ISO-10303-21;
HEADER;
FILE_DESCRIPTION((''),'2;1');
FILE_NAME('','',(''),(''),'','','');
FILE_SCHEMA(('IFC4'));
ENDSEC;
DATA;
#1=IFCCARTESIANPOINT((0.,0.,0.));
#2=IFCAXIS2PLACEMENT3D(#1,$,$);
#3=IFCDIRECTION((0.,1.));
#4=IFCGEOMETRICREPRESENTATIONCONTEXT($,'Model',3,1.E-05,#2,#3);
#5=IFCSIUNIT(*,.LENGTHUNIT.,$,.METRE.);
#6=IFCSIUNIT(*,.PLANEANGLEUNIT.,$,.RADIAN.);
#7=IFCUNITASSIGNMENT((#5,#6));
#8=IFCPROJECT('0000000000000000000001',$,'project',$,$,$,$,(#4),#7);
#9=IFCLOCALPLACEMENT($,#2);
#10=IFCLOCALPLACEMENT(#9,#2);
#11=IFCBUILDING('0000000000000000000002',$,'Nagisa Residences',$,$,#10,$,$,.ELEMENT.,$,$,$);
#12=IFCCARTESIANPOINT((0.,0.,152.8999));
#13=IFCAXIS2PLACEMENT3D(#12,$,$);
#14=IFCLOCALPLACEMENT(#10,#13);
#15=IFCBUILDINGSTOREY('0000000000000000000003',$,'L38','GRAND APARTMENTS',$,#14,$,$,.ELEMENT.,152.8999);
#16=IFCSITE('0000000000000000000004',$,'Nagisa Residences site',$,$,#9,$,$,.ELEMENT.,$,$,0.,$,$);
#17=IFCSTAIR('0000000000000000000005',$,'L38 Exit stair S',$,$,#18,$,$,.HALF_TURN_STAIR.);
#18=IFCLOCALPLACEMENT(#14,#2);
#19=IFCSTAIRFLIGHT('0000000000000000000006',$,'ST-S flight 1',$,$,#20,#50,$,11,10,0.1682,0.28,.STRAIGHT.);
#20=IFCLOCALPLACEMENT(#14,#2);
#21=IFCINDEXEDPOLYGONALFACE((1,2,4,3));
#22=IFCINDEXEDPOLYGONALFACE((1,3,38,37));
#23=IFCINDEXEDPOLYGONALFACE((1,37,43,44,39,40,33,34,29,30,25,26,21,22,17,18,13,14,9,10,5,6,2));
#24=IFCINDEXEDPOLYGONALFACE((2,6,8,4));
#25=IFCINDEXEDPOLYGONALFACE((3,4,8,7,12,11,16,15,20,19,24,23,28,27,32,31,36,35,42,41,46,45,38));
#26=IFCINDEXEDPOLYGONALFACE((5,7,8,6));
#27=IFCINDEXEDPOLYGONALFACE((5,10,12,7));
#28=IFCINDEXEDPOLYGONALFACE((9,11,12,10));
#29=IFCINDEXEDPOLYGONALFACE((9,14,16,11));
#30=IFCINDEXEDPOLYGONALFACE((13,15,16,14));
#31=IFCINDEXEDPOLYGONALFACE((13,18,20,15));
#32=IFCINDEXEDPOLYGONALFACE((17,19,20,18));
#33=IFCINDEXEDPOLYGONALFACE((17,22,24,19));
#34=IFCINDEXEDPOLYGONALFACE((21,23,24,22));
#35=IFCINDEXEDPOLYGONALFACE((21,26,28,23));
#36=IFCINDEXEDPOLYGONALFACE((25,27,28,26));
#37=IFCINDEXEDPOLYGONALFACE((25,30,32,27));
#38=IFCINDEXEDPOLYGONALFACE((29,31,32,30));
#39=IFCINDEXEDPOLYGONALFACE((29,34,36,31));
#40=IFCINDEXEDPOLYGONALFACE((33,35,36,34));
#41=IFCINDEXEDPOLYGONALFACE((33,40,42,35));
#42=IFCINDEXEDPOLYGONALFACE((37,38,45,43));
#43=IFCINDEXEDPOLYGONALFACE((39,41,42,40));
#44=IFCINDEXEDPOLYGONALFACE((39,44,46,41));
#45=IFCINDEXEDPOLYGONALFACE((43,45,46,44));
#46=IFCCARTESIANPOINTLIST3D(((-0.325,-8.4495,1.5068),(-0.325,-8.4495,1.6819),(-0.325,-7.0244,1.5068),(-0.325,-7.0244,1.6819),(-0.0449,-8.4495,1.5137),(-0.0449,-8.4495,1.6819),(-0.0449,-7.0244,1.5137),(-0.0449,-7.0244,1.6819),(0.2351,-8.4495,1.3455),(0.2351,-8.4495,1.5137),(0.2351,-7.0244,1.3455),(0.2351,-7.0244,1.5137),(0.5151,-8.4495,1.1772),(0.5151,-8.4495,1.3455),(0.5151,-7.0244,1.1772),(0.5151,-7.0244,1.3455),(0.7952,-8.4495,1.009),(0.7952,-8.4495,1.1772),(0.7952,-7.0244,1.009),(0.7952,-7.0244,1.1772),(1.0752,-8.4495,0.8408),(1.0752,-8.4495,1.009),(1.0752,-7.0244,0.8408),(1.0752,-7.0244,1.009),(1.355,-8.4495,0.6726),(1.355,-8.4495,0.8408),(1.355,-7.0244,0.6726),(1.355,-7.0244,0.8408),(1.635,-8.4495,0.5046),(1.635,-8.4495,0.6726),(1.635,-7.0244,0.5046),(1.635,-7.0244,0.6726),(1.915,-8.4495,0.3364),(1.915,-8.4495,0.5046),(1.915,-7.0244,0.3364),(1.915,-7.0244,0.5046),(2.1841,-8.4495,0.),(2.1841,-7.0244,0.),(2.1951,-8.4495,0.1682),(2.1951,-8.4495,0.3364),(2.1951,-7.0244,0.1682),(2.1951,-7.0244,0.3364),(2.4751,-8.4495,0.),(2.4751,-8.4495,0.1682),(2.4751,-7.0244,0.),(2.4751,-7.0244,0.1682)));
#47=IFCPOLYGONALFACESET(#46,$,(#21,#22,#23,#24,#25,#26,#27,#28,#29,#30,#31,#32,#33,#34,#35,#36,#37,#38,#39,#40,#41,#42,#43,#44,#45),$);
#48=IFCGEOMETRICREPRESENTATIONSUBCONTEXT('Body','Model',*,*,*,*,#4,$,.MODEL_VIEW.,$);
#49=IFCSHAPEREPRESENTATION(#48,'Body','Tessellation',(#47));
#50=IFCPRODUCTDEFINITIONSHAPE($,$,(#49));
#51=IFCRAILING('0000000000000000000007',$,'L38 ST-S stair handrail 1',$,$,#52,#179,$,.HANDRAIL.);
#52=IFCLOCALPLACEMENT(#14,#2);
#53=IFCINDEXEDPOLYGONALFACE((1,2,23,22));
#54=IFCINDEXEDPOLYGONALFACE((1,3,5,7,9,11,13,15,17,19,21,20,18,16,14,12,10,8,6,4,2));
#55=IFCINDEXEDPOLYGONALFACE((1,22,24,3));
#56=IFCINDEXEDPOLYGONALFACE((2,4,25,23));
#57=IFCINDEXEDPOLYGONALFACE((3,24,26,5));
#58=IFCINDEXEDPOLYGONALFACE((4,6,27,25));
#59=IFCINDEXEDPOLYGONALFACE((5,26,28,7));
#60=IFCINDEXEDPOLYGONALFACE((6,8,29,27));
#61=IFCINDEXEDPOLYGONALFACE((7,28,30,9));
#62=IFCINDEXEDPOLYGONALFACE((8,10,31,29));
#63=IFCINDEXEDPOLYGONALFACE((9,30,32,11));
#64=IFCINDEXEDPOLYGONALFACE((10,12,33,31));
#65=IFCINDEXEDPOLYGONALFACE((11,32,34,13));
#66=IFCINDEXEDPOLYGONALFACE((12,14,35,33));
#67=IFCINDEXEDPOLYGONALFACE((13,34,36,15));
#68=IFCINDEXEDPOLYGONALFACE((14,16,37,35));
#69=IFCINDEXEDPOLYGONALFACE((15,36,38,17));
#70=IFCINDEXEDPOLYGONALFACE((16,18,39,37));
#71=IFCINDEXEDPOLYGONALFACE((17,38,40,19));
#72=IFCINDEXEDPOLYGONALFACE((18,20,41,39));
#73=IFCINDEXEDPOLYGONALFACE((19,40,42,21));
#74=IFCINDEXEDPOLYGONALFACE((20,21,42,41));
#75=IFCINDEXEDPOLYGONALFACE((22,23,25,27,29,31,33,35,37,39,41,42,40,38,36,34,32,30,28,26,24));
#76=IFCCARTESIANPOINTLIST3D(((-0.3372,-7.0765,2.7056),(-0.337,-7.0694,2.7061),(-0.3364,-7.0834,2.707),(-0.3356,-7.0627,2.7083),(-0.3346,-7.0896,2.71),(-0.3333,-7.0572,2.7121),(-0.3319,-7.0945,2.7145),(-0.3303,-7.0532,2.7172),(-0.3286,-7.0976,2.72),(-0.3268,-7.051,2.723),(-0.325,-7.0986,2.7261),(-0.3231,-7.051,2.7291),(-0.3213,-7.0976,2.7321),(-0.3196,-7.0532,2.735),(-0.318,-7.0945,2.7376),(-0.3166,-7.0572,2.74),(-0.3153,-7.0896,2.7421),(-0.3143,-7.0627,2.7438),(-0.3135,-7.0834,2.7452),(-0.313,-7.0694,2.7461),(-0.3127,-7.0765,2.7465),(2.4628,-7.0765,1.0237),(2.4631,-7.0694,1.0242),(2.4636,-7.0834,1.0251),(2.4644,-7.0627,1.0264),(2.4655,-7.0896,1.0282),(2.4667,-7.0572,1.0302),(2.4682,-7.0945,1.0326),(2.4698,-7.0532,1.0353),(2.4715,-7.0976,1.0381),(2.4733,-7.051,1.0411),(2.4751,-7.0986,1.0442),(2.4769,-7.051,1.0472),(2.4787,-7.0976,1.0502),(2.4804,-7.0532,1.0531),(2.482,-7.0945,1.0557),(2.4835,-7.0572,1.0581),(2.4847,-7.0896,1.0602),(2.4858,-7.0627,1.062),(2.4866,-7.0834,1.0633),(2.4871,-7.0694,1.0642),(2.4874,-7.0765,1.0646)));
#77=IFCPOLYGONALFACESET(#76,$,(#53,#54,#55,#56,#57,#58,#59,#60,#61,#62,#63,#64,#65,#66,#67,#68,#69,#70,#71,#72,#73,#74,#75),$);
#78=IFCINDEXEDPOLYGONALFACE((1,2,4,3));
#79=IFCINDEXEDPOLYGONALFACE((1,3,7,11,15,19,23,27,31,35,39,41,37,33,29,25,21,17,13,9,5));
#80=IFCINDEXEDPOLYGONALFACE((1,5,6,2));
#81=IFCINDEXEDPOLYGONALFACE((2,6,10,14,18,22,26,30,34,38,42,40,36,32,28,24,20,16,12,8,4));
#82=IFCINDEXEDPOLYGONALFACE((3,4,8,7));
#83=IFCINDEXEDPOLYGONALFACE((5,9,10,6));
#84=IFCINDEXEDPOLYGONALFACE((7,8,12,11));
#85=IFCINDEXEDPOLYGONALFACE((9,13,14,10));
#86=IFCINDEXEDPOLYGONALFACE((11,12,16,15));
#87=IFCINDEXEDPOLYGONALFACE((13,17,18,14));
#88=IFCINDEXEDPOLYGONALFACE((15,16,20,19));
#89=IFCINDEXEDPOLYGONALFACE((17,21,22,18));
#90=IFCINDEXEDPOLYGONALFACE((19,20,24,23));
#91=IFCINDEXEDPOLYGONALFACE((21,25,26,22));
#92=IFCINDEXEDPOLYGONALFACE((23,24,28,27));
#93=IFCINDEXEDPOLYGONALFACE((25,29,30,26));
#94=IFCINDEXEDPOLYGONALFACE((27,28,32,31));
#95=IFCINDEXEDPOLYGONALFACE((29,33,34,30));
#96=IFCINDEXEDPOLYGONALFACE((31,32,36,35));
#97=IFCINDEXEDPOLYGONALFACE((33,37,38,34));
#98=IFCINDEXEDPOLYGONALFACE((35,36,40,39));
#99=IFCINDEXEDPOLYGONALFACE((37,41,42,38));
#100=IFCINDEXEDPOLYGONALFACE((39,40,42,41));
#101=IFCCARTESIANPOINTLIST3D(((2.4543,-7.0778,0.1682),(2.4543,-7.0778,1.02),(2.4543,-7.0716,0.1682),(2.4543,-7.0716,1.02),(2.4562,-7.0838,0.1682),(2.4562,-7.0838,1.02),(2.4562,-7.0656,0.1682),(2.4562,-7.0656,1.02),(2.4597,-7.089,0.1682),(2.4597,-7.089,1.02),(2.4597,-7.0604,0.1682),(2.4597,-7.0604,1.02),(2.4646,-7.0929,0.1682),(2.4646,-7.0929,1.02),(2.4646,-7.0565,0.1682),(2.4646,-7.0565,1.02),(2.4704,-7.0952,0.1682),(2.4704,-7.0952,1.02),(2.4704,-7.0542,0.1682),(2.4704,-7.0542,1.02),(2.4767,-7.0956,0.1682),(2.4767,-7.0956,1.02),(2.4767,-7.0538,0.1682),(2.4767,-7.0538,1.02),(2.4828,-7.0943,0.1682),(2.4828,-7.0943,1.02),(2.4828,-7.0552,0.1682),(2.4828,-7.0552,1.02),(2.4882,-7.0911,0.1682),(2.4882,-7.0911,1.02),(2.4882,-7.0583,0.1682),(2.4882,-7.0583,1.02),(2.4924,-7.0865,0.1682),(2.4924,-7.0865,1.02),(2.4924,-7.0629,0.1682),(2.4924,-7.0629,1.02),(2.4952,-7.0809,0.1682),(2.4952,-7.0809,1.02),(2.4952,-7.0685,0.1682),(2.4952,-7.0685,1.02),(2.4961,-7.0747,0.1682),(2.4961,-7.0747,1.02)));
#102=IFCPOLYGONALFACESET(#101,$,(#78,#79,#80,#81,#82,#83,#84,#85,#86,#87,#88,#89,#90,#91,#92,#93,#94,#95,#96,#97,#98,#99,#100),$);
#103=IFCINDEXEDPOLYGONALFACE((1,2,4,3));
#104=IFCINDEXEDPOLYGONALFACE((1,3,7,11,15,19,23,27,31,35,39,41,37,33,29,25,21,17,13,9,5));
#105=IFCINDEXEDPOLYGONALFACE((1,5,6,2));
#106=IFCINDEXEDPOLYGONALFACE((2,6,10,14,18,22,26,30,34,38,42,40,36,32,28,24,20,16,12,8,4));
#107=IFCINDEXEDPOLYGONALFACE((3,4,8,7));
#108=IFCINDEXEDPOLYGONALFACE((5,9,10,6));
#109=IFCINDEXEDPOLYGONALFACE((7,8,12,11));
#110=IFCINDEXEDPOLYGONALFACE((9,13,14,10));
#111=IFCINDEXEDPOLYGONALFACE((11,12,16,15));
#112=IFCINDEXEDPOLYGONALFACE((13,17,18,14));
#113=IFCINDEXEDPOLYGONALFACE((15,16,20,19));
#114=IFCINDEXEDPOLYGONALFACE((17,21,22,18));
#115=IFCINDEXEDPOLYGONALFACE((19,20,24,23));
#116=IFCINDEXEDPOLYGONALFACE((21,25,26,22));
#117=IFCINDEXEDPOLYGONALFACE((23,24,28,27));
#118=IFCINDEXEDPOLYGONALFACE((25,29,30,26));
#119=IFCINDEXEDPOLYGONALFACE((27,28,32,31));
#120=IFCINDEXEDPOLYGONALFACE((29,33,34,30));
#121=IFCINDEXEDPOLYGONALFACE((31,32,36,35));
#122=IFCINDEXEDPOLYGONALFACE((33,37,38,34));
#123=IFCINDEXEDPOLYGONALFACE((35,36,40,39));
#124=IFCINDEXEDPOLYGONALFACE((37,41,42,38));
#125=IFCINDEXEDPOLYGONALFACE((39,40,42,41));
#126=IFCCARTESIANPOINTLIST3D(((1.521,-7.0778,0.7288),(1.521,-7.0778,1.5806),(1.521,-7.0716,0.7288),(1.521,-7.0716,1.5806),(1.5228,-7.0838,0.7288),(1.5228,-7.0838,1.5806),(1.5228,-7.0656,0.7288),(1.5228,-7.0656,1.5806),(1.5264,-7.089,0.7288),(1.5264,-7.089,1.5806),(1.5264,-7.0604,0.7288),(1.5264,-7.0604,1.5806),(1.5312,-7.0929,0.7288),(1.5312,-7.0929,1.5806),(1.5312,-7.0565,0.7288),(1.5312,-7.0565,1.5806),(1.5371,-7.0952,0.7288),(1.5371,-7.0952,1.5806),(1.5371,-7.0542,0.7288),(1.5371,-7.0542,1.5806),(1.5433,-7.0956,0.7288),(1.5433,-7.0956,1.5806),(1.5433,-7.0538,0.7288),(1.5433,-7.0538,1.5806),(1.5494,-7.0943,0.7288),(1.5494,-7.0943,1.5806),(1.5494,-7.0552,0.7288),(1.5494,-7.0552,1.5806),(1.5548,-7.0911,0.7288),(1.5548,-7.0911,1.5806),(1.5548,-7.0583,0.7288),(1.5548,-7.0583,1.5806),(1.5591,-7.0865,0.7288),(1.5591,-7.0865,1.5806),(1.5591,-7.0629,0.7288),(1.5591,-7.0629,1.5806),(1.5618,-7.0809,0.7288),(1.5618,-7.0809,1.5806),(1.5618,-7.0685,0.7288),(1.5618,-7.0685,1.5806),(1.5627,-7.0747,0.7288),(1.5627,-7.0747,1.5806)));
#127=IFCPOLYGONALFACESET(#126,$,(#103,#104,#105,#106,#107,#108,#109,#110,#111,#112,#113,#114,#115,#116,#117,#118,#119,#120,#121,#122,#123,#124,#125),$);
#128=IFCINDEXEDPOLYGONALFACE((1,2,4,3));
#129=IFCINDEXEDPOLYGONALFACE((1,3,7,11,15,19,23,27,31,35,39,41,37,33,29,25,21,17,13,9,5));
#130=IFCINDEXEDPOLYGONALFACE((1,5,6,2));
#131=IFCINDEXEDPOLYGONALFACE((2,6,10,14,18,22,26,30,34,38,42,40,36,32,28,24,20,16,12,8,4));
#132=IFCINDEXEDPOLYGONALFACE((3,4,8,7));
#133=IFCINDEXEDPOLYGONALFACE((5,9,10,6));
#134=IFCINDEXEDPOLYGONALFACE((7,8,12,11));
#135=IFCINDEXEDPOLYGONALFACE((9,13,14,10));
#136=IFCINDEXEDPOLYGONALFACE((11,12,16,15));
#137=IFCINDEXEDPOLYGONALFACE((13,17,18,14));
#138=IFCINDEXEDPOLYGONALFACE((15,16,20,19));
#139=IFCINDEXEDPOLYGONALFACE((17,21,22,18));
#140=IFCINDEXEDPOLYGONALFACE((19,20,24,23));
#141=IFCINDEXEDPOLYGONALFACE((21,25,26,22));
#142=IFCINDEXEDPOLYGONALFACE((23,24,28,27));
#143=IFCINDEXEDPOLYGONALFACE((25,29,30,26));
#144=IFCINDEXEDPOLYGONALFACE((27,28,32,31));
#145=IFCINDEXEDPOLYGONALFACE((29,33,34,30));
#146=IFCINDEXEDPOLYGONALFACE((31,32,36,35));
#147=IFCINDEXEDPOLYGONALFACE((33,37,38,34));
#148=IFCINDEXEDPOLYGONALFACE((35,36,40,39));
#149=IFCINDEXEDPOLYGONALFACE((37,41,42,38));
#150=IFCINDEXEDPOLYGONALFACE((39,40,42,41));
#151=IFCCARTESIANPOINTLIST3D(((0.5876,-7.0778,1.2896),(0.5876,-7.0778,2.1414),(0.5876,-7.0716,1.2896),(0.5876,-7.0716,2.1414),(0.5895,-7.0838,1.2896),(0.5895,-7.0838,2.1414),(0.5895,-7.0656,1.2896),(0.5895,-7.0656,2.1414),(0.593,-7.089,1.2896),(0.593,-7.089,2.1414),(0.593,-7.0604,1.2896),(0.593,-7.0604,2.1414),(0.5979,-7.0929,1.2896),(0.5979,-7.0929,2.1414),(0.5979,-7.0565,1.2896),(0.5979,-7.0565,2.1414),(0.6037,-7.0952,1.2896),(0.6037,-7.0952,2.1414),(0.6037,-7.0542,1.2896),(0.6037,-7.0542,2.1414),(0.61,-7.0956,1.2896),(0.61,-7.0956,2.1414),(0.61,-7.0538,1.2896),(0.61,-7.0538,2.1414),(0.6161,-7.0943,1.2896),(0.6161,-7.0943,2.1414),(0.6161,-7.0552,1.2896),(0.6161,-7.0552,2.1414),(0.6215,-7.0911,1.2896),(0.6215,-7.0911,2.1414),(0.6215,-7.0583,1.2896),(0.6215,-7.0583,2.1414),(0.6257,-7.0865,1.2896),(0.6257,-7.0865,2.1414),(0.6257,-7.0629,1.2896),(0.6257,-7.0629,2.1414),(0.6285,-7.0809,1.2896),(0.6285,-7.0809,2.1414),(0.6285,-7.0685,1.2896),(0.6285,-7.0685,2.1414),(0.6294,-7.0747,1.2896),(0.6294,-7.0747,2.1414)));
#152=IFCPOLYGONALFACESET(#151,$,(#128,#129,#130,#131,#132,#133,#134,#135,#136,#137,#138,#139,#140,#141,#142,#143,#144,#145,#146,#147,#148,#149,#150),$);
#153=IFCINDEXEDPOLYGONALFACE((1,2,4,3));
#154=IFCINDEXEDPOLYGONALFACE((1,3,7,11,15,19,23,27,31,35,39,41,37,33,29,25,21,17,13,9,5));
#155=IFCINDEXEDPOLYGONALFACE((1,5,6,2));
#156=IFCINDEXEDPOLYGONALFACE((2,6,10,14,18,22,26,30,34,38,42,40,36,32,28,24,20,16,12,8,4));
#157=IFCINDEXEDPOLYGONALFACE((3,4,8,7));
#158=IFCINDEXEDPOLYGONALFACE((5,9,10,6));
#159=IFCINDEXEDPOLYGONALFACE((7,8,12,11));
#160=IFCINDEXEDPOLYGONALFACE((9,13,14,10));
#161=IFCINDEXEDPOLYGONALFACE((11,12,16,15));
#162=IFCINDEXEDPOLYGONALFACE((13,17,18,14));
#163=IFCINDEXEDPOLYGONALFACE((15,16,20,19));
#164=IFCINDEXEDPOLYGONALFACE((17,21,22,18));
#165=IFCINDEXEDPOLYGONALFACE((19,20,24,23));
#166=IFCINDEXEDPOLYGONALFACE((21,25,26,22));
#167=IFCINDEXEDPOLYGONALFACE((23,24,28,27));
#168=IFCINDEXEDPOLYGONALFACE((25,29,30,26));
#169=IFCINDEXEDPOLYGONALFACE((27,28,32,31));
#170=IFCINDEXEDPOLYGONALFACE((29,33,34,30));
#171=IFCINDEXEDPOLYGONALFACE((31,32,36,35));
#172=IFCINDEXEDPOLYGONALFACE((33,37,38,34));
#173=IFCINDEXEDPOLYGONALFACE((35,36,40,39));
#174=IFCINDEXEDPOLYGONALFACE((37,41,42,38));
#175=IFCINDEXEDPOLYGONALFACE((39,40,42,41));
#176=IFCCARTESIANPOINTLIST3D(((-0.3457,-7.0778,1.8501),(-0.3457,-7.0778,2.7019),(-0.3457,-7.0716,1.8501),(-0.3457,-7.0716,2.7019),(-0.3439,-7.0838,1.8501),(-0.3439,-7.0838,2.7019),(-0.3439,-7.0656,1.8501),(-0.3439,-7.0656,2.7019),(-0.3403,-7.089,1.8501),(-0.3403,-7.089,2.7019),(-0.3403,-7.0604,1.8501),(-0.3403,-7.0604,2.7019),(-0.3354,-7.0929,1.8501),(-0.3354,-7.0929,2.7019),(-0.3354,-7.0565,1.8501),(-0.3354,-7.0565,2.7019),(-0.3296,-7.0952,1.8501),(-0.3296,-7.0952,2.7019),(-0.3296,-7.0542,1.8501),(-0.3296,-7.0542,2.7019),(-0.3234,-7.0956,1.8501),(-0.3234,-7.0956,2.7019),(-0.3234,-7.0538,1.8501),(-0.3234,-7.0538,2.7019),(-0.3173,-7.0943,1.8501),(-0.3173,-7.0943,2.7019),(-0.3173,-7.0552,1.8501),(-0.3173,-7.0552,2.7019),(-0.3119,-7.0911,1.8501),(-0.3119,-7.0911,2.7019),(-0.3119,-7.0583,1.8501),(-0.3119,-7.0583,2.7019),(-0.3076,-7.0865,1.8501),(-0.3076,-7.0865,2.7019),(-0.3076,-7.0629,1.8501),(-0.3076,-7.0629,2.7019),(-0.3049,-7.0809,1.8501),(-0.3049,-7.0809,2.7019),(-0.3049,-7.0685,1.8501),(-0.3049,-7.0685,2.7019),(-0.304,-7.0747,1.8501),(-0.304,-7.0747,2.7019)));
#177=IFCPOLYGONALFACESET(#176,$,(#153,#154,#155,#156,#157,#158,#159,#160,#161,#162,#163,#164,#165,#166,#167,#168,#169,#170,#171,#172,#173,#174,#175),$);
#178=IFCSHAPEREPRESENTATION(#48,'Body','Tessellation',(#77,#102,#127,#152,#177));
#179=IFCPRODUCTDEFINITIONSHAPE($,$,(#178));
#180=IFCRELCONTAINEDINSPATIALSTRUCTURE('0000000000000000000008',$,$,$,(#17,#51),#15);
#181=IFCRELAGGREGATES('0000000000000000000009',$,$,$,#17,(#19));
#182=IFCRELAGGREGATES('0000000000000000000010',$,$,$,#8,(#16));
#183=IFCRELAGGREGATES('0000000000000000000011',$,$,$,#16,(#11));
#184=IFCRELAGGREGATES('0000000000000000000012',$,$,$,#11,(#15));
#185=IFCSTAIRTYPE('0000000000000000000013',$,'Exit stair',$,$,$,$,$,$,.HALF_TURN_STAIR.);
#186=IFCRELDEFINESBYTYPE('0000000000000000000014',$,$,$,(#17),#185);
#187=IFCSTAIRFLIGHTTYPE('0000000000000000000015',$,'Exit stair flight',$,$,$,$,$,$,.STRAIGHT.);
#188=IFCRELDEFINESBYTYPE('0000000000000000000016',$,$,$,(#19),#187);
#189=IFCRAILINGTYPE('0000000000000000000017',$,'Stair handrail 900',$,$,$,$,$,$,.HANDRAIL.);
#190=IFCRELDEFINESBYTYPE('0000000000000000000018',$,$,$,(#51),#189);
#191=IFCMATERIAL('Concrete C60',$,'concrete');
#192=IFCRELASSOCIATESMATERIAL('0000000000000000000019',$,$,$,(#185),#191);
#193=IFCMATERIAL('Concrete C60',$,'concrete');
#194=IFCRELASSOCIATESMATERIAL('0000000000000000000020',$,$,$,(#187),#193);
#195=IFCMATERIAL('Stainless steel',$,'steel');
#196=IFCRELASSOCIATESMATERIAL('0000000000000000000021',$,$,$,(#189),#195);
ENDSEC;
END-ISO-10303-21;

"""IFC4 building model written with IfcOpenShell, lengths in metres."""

from ifc_helpers import new_model, si_unit, direction, frame, origin, origin_2d, place, context, subcontext, project, spatial, polyline, circle, outline, extrude, material, type_object, element, aggregate, save


model = new_model("IFC4")

# Units and contexts
model_context = context("Model", 3, precision=1e-05, world=origin(), true_north=direction((0.0, 1.0)))
body_context = subcontext(model_context, "Body", "Model", "MODEL_VIEW")
ifc_project = project(units=[si_unit("LENGTHUNIT", "METRE"), si_unit("PLANEANGLEUNIT", "RADIAN")], contexts=[model_context])

# Site, building, storey
site_placement = place(None, origin())
site = spatial("IfcSite", under=ifc_project, at=site_placement, Name="Nagisa Residences site", CompositionType="ELEMENT", RefElevation=0.0)
building_placement = place(site_placement, origin())
building = spatial("IfcBuilding", under=site, at=building_placement, Name="Nagisa Residences", CompositionType="ELEMENT")
storey_placement = place(building_placement, frame((0.0, 0.0, 152.8999)))
storey = spatial("IfcBuildingStorey", under=building, at=storey_placement, Name="L38", Description="GRAND APARTMENTS", CompositionType="ELEMENT", Elevation=152.8999)

# Stair, stair flight
ifc_material_1 = material(Name="Concrete C60", Category="concrete")
stair_type = type_object("IfcStairType", Name="Exit stair", PredefinedType="HALF_TURN_STAIR", material=ifc_material_1)
stair_placement = place(storey_placement, origin())
stair = element("IfcStair", 1, at=stair_placement, inside=storey, type_object=stair_type, Name="L38 Exit stair S", PredefinedType="HALF_TURN_STAIR")
ifc_material_2 = material(Name="Concrete C60", Category="concrete")
stair_flight_type = type_object("IfcStairFlightType", Name="Exit stair flight", PredefinedType="STRAIGHT", material=ifc_material_2)
stair_flight_placement = place(storey_placement, frame((2.4751, -7.7371, 0.0), z_axis=(0.0, 0.0, 1.0), x_axis=(-1.0, 0.0, 0.0)))
stair_flight = element("IfcStairFlight", 2, at=stair_flight_placement, type_object=stair_flight_type, Name="ST-S flight 1", NumberOfRisers=11, NumberOfTreads=10, PredefinedType="STRAIGHT", RiserHeight=0.1682, TreadLength=0.28, context=body_context, shape_type="SweptSolid", body=[
    extrude(outline(polyline([(0.0, 0.0), (0.0, 0.1682), (0.28, 0.1682), (0.28, 0.3364), (0.5601, 0.3364), (0.5601, 0.5046), (0.8401, 0.5046), (0.8401, 0.6726), (1.1201, 0.6726), (1.1201, 0.8408), (1.3999, 0.8408), (1.3999, 1.009), (1.6799, 1.009), (1.6799, 1.1772), (1.96, 1.1772), (1.96, 1.3455), (2.24, 1.3455), (2.24, 1.5137), (2.52, 1.5137), (2.52, 1.6819), (2.8, 1.6819), (2.8, 1.8501), (2.8, 1.5068), (0.291, 0.0), (0.0, 0.0)])), frame((0.0, 0.7124, 0.0), z_axis=(0.0, -1.0, 0.0), x_axis=(1.0, 0.0, 0.0)), (0.0, 0.0, 1.0), 1.425),
])
aggregate(stair, [stair_flight])

# Railing
ifc_material_3 = material(Name="Stainless steel", Category="steel")
railing_type = type_object("IfcRailingType", Name="Stair handrail 900", PredefinedType="HANDRAIL", material=ifc_material_3)
railing_placement = place(storey_placement, frame((2.4751, -7.0747, 0.1682)))
element("IfcRailing", 3, at=railing_placement, inside=storey, type_object=railing_type, Name="L38 ST-S stair handrail 1", PredefinedType="HANDRAIL", context=body_context, shape_type="SweptSolid", body=[
    extrude(circle(Radius=0.0239, at=origin_2d()), frame((0.0, 0.0, 0.876), z_axis=(-0.857242, 0.0, 0.514913), x_axis=(0.0, -1.0, 0.0)), (0.0, 0.0, 1.0), 3.2664),
    extrude(circle(Radius=0.021, at=origin_2d()), origin(), (0.0, 0.0, 1.0), 0.8518),
    extrude(circle(Radius=0.021, at=origin_2d()), frame((-0.9333, 0.0, 0.5605)), (0.0, 0.0, 1.0), 0.8518),
    extrude(circle(Radius=0.021, at=origin_2d()), frame((-1.8667, 0.0, 1.1213)), (0.0, 0.0, 1.0), 0.8518),
    extrude(circle(Radius=0.021, at=origin_2d()), frame((-2.8, 0.0, 1.6819)), (0.0, 0.0, 1.0), 0.8518),
])

save(model, "model.ifc")
